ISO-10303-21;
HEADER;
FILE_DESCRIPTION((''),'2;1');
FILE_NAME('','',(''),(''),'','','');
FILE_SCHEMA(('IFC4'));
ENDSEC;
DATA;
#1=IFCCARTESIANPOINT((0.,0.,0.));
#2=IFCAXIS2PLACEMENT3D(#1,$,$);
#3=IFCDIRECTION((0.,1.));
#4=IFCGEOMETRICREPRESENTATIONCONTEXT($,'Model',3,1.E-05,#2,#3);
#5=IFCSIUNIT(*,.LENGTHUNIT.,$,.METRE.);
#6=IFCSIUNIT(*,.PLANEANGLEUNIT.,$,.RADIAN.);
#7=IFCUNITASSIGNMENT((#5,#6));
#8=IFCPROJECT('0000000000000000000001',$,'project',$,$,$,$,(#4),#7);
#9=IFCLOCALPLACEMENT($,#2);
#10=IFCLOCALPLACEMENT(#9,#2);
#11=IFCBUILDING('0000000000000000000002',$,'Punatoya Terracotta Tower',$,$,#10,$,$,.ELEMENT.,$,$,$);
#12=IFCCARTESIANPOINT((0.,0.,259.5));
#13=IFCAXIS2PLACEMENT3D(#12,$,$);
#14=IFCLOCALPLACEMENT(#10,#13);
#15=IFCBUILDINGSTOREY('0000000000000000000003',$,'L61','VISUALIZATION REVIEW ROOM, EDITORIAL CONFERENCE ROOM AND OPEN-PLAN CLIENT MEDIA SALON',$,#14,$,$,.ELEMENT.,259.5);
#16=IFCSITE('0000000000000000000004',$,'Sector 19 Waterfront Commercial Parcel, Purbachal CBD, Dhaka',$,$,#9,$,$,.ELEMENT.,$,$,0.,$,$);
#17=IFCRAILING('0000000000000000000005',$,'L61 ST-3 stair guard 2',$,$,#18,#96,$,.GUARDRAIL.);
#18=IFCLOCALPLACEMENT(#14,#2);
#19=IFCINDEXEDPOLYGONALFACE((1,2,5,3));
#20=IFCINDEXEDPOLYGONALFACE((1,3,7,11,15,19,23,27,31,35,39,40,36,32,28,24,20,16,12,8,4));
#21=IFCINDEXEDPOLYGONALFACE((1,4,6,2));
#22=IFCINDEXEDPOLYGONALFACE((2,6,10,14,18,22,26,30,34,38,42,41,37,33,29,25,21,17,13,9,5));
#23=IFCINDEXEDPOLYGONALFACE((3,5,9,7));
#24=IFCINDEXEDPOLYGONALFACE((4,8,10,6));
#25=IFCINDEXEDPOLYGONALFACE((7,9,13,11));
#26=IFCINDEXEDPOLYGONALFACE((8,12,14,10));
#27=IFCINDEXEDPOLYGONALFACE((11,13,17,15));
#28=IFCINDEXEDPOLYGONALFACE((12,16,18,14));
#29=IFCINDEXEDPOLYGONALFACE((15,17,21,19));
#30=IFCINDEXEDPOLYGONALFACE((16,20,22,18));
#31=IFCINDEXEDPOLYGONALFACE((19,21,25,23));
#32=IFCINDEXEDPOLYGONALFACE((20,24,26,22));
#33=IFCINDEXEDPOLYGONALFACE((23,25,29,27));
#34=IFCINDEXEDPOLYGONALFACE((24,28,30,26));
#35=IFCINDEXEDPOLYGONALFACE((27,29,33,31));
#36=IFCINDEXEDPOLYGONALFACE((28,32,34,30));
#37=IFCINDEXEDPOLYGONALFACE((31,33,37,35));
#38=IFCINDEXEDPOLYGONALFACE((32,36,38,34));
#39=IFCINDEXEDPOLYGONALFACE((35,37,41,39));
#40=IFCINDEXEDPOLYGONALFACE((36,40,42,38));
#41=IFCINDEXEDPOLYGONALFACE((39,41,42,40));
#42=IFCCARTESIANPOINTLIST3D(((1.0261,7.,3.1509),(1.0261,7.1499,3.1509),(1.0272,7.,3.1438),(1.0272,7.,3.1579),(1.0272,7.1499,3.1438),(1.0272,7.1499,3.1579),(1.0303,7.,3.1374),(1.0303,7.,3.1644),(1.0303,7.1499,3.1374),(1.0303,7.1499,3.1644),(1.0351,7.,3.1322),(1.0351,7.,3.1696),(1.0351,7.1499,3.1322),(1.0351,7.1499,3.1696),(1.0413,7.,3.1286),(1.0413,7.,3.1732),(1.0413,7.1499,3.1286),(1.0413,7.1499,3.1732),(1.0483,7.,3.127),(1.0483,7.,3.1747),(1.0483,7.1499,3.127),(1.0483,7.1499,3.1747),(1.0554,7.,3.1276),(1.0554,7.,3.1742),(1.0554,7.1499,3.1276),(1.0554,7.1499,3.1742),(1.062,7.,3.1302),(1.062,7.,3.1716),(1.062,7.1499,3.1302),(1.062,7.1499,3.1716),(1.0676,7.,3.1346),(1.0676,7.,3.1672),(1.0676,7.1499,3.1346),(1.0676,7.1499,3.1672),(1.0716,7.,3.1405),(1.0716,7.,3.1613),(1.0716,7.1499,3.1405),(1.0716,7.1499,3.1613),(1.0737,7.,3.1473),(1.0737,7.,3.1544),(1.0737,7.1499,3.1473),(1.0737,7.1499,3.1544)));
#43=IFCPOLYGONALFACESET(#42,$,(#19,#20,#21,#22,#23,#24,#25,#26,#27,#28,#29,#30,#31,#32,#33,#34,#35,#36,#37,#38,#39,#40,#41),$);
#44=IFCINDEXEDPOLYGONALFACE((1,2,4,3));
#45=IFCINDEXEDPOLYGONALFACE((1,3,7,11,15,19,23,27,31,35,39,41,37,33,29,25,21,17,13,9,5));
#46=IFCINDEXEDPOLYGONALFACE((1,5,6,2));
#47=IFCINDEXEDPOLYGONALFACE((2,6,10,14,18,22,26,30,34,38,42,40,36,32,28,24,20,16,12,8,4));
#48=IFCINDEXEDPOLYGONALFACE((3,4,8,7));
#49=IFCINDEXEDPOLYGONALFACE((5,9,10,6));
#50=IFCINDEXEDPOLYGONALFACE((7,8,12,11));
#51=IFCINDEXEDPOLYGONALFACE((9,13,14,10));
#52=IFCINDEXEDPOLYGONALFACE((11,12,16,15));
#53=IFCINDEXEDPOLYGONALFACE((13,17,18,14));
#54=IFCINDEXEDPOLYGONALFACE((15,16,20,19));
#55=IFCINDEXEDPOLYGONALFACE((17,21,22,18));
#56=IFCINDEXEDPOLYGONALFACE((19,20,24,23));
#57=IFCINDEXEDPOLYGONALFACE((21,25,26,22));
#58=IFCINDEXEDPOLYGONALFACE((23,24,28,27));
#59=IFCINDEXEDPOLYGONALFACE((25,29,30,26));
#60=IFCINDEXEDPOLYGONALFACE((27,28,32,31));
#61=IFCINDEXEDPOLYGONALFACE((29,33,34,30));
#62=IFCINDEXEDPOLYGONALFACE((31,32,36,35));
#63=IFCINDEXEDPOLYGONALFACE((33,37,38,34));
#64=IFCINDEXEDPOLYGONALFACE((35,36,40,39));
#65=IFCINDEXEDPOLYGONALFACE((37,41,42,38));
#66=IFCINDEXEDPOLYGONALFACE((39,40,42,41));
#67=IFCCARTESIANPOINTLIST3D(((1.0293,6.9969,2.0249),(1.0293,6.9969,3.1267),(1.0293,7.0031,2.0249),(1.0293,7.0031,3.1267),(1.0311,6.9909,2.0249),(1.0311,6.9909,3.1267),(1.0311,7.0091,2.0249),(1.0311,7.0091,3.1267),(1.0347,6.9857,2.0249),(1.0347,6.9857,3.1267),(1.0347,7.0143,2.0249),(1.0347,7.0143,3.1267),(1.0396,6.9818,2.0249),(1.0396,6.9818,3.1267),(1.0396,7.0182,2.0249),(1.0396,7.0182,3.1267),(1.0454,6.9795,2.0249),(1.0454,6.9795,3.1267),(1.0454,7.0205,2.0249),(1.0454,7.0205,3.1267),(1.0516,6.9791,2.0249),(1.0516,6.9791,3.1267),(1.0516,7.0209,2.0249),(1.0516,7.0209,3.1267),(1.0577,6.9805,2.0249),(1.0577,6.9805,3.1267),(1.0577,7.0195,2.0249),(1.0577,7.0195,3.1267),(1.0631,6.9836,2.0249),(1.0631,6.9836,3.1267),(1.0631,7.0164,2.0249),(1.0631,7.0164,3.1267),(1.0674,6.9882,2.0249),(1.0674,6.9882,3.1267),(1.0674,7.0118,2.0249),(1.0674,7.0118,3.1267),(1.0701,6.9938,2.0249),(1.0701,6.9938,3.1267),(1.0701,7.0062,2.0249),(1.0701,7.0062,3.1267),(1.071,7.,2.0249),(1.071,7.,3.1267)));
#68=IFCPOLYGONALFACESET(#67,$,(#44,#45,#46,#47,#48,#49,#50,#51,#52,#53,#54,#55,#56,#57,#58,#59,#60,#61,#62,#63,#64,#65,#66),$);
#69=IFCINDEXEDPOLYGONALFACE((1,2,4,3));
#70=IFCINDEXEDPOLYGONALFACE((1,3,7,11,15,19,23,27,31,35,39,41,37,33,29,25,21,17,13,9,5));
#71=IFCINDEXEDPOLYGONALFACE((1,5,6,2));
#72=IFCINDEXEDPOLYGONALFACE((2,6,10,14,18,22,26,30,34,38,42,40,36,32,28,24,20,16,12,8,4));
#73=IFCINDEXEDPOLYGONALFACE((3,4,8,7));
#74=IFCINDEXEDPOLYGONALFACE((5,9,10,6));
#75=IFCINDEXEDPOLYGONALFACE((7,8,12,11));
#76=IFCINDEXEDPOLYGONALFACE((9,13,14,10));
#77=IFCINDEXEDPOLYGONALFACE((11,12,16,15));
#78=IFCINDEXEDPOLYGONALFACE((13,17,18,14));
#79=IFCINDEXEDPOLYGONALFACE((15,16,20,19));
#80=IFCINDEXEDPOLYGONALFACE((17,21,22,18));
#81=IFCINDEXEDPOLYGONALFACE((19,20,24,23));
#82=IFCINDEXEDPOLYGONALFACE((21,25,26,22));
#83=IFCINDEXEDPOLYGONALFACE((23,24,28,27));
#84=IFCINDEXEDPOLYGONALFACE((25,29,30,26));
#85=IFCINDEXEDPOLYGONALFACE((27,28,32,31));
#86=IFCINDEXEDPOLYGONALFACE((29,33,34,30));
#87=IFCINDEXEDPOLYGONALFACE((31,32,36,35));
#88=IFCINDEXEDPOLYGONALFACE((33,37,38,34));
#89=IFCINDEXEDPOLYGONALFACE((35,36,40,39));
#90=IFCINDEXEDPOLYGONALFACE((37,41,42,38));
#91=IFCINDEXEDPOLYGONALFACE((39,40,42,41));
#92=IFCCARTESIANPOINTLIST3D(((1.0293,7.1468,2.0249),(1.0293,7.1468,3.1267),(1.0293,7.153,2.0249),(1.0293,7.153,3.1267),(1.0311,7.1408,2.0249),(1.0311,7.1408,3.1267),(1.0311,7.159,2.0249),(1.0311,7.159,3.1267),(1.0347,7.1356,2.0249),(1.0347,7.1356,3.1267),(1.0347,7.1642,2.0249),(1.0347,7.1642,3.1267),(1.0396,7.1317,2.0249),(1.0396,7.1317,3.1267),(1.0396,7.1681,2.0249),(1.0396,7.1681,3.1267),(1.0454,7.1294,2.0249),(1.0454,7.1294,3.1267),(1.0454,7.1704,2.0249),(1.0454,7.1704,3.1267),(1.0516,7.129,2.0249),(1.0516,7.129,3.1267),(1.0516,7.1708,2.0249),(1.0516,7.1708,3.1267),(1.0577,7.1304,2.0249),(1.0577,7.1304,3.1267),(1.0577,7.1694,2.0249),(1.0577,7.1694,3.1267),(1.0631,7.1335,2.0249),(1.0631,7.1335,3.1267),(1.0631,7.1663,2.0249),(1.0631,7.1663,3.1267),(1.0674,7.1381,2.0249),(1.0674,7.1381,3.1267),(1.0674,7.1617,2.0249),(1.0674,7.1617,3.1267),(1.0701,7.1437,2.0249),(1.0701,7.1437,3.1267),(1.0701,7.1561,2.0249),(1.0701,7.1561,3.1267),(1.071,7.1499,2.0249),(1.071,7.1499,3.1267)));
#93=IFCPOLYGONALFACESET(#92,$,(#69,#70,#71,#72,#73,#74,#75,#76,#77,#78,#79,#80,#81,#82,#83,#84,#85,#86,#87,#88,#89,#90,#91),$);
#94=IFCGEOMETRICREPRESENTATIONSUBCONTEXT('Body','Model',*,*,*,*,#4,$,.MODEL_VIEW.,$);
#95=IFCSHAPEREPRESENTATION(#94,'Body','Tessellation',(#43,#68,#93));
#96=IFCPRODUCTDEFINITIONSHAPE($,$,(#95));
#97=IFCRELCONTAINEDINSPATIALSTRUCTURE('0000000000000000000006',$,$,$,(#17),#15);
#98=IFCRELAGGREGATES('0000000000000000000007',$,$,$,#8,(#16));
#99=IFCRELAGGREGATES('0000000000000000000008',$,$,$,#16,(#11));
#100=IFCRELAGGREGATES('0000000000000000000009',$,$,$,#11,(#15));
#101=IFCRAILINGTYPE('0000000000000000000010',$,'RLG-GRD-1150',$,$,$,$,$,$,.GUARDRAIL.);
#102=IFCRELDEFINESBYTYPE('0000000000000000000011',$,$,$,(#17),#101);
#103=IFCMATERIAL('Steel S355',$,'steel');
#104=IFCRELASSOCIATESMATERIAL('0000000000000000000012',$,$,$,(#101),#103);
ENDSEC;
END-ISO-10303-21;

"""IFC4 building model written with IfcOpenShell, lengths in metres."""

from ifc_helpers import new_model, si_unit, direction, frame, origin, origin_2d, place, context, subcontext, project, spatial, circle, extrude, material, type_object, element, save


model = new_model("IFC4")

# Units and contexts
model_context = context("Model", 3, precision=1e-05, world=origin(), true_north=direction((0.0, 1.0)))
body_context = subcontext(model_context, "Body", "Model", "MODEL_VIEW")
ifc_project = project(units=[si_unit("LENGTHUNIT", "METRE"), si_unit("PLANEANGLEUNIT", "RADIAN")], contexts=[model_context])

# Site, building, storey
site_placement = place(None, origin())
site = spatial("IfcSite", under=ifc_project, at=site_placement, Name="Sector 19 Waterfront Commercial Parcel, Purbachal CBD, Dhaka", CompositionType="ELEMENT", RefElevation=0.0)
building_placement = place(site_placement, origin())
building = spatial("IfcBuilding", under=site, at=building_placement, Name="Punatoya Terracotta Tower", CompositionType="ELEMENT")
storey_placement = place(building_placement, frame((0.0, 0.0, 259.5)))
storey = spatial("IfcBuildingStorey", under=building, at=storey_placement, Name="L61", Description="VISUALIZATION REVIEW ROOM, EDITORIAL CONFERENCE ROOM AND OPEN-PLAN CLIENT MEDIA SALON", CompositionType="ELEMENT", Elevation=259.5)

# Shared definitions
ifc_material_1 = material(Name="Steel S355", Category="steel")

# Railing
railing_type_1 = type_object("IfcRailingType", Name="RLG-GRD-1150", PredefinedType="GUARDRAIL", material=ifc_material_1)
railing_1_placement = place(storey_placement, frame((1.05, 7.0, 2.0249)))
element("IfcRailing", 1, at=railing_1_placement, inside=storey, type_object=railing_type_1, Name="L61 ST-3 stair guard 2", PredefinedType="GUARDRAIL", context=body_context, shape_type="SweptSolid", body=[
    extrude(circle(Radius=0.0239, at=origin_2d()), frame((0.0, 0.0, 1.126), z_axis=(0.0, 1.0, 0.0), x_axis=(-1.0, 0.0, 0.0)), (0.0, 0.0, 1.0), 0.1499),
    extrude(circle(Radius=0.021, at=origin_2d()), origin(), (0.0, 0.0, 1.0), 1.1018),
    extrude(circle(Radius=0.021, at=origin_2d()), frame((0.0, 0.1499, 0.0)), (0.0, 0.0, 1.0), 1.1018),
])

save(model, "model.ifc")
